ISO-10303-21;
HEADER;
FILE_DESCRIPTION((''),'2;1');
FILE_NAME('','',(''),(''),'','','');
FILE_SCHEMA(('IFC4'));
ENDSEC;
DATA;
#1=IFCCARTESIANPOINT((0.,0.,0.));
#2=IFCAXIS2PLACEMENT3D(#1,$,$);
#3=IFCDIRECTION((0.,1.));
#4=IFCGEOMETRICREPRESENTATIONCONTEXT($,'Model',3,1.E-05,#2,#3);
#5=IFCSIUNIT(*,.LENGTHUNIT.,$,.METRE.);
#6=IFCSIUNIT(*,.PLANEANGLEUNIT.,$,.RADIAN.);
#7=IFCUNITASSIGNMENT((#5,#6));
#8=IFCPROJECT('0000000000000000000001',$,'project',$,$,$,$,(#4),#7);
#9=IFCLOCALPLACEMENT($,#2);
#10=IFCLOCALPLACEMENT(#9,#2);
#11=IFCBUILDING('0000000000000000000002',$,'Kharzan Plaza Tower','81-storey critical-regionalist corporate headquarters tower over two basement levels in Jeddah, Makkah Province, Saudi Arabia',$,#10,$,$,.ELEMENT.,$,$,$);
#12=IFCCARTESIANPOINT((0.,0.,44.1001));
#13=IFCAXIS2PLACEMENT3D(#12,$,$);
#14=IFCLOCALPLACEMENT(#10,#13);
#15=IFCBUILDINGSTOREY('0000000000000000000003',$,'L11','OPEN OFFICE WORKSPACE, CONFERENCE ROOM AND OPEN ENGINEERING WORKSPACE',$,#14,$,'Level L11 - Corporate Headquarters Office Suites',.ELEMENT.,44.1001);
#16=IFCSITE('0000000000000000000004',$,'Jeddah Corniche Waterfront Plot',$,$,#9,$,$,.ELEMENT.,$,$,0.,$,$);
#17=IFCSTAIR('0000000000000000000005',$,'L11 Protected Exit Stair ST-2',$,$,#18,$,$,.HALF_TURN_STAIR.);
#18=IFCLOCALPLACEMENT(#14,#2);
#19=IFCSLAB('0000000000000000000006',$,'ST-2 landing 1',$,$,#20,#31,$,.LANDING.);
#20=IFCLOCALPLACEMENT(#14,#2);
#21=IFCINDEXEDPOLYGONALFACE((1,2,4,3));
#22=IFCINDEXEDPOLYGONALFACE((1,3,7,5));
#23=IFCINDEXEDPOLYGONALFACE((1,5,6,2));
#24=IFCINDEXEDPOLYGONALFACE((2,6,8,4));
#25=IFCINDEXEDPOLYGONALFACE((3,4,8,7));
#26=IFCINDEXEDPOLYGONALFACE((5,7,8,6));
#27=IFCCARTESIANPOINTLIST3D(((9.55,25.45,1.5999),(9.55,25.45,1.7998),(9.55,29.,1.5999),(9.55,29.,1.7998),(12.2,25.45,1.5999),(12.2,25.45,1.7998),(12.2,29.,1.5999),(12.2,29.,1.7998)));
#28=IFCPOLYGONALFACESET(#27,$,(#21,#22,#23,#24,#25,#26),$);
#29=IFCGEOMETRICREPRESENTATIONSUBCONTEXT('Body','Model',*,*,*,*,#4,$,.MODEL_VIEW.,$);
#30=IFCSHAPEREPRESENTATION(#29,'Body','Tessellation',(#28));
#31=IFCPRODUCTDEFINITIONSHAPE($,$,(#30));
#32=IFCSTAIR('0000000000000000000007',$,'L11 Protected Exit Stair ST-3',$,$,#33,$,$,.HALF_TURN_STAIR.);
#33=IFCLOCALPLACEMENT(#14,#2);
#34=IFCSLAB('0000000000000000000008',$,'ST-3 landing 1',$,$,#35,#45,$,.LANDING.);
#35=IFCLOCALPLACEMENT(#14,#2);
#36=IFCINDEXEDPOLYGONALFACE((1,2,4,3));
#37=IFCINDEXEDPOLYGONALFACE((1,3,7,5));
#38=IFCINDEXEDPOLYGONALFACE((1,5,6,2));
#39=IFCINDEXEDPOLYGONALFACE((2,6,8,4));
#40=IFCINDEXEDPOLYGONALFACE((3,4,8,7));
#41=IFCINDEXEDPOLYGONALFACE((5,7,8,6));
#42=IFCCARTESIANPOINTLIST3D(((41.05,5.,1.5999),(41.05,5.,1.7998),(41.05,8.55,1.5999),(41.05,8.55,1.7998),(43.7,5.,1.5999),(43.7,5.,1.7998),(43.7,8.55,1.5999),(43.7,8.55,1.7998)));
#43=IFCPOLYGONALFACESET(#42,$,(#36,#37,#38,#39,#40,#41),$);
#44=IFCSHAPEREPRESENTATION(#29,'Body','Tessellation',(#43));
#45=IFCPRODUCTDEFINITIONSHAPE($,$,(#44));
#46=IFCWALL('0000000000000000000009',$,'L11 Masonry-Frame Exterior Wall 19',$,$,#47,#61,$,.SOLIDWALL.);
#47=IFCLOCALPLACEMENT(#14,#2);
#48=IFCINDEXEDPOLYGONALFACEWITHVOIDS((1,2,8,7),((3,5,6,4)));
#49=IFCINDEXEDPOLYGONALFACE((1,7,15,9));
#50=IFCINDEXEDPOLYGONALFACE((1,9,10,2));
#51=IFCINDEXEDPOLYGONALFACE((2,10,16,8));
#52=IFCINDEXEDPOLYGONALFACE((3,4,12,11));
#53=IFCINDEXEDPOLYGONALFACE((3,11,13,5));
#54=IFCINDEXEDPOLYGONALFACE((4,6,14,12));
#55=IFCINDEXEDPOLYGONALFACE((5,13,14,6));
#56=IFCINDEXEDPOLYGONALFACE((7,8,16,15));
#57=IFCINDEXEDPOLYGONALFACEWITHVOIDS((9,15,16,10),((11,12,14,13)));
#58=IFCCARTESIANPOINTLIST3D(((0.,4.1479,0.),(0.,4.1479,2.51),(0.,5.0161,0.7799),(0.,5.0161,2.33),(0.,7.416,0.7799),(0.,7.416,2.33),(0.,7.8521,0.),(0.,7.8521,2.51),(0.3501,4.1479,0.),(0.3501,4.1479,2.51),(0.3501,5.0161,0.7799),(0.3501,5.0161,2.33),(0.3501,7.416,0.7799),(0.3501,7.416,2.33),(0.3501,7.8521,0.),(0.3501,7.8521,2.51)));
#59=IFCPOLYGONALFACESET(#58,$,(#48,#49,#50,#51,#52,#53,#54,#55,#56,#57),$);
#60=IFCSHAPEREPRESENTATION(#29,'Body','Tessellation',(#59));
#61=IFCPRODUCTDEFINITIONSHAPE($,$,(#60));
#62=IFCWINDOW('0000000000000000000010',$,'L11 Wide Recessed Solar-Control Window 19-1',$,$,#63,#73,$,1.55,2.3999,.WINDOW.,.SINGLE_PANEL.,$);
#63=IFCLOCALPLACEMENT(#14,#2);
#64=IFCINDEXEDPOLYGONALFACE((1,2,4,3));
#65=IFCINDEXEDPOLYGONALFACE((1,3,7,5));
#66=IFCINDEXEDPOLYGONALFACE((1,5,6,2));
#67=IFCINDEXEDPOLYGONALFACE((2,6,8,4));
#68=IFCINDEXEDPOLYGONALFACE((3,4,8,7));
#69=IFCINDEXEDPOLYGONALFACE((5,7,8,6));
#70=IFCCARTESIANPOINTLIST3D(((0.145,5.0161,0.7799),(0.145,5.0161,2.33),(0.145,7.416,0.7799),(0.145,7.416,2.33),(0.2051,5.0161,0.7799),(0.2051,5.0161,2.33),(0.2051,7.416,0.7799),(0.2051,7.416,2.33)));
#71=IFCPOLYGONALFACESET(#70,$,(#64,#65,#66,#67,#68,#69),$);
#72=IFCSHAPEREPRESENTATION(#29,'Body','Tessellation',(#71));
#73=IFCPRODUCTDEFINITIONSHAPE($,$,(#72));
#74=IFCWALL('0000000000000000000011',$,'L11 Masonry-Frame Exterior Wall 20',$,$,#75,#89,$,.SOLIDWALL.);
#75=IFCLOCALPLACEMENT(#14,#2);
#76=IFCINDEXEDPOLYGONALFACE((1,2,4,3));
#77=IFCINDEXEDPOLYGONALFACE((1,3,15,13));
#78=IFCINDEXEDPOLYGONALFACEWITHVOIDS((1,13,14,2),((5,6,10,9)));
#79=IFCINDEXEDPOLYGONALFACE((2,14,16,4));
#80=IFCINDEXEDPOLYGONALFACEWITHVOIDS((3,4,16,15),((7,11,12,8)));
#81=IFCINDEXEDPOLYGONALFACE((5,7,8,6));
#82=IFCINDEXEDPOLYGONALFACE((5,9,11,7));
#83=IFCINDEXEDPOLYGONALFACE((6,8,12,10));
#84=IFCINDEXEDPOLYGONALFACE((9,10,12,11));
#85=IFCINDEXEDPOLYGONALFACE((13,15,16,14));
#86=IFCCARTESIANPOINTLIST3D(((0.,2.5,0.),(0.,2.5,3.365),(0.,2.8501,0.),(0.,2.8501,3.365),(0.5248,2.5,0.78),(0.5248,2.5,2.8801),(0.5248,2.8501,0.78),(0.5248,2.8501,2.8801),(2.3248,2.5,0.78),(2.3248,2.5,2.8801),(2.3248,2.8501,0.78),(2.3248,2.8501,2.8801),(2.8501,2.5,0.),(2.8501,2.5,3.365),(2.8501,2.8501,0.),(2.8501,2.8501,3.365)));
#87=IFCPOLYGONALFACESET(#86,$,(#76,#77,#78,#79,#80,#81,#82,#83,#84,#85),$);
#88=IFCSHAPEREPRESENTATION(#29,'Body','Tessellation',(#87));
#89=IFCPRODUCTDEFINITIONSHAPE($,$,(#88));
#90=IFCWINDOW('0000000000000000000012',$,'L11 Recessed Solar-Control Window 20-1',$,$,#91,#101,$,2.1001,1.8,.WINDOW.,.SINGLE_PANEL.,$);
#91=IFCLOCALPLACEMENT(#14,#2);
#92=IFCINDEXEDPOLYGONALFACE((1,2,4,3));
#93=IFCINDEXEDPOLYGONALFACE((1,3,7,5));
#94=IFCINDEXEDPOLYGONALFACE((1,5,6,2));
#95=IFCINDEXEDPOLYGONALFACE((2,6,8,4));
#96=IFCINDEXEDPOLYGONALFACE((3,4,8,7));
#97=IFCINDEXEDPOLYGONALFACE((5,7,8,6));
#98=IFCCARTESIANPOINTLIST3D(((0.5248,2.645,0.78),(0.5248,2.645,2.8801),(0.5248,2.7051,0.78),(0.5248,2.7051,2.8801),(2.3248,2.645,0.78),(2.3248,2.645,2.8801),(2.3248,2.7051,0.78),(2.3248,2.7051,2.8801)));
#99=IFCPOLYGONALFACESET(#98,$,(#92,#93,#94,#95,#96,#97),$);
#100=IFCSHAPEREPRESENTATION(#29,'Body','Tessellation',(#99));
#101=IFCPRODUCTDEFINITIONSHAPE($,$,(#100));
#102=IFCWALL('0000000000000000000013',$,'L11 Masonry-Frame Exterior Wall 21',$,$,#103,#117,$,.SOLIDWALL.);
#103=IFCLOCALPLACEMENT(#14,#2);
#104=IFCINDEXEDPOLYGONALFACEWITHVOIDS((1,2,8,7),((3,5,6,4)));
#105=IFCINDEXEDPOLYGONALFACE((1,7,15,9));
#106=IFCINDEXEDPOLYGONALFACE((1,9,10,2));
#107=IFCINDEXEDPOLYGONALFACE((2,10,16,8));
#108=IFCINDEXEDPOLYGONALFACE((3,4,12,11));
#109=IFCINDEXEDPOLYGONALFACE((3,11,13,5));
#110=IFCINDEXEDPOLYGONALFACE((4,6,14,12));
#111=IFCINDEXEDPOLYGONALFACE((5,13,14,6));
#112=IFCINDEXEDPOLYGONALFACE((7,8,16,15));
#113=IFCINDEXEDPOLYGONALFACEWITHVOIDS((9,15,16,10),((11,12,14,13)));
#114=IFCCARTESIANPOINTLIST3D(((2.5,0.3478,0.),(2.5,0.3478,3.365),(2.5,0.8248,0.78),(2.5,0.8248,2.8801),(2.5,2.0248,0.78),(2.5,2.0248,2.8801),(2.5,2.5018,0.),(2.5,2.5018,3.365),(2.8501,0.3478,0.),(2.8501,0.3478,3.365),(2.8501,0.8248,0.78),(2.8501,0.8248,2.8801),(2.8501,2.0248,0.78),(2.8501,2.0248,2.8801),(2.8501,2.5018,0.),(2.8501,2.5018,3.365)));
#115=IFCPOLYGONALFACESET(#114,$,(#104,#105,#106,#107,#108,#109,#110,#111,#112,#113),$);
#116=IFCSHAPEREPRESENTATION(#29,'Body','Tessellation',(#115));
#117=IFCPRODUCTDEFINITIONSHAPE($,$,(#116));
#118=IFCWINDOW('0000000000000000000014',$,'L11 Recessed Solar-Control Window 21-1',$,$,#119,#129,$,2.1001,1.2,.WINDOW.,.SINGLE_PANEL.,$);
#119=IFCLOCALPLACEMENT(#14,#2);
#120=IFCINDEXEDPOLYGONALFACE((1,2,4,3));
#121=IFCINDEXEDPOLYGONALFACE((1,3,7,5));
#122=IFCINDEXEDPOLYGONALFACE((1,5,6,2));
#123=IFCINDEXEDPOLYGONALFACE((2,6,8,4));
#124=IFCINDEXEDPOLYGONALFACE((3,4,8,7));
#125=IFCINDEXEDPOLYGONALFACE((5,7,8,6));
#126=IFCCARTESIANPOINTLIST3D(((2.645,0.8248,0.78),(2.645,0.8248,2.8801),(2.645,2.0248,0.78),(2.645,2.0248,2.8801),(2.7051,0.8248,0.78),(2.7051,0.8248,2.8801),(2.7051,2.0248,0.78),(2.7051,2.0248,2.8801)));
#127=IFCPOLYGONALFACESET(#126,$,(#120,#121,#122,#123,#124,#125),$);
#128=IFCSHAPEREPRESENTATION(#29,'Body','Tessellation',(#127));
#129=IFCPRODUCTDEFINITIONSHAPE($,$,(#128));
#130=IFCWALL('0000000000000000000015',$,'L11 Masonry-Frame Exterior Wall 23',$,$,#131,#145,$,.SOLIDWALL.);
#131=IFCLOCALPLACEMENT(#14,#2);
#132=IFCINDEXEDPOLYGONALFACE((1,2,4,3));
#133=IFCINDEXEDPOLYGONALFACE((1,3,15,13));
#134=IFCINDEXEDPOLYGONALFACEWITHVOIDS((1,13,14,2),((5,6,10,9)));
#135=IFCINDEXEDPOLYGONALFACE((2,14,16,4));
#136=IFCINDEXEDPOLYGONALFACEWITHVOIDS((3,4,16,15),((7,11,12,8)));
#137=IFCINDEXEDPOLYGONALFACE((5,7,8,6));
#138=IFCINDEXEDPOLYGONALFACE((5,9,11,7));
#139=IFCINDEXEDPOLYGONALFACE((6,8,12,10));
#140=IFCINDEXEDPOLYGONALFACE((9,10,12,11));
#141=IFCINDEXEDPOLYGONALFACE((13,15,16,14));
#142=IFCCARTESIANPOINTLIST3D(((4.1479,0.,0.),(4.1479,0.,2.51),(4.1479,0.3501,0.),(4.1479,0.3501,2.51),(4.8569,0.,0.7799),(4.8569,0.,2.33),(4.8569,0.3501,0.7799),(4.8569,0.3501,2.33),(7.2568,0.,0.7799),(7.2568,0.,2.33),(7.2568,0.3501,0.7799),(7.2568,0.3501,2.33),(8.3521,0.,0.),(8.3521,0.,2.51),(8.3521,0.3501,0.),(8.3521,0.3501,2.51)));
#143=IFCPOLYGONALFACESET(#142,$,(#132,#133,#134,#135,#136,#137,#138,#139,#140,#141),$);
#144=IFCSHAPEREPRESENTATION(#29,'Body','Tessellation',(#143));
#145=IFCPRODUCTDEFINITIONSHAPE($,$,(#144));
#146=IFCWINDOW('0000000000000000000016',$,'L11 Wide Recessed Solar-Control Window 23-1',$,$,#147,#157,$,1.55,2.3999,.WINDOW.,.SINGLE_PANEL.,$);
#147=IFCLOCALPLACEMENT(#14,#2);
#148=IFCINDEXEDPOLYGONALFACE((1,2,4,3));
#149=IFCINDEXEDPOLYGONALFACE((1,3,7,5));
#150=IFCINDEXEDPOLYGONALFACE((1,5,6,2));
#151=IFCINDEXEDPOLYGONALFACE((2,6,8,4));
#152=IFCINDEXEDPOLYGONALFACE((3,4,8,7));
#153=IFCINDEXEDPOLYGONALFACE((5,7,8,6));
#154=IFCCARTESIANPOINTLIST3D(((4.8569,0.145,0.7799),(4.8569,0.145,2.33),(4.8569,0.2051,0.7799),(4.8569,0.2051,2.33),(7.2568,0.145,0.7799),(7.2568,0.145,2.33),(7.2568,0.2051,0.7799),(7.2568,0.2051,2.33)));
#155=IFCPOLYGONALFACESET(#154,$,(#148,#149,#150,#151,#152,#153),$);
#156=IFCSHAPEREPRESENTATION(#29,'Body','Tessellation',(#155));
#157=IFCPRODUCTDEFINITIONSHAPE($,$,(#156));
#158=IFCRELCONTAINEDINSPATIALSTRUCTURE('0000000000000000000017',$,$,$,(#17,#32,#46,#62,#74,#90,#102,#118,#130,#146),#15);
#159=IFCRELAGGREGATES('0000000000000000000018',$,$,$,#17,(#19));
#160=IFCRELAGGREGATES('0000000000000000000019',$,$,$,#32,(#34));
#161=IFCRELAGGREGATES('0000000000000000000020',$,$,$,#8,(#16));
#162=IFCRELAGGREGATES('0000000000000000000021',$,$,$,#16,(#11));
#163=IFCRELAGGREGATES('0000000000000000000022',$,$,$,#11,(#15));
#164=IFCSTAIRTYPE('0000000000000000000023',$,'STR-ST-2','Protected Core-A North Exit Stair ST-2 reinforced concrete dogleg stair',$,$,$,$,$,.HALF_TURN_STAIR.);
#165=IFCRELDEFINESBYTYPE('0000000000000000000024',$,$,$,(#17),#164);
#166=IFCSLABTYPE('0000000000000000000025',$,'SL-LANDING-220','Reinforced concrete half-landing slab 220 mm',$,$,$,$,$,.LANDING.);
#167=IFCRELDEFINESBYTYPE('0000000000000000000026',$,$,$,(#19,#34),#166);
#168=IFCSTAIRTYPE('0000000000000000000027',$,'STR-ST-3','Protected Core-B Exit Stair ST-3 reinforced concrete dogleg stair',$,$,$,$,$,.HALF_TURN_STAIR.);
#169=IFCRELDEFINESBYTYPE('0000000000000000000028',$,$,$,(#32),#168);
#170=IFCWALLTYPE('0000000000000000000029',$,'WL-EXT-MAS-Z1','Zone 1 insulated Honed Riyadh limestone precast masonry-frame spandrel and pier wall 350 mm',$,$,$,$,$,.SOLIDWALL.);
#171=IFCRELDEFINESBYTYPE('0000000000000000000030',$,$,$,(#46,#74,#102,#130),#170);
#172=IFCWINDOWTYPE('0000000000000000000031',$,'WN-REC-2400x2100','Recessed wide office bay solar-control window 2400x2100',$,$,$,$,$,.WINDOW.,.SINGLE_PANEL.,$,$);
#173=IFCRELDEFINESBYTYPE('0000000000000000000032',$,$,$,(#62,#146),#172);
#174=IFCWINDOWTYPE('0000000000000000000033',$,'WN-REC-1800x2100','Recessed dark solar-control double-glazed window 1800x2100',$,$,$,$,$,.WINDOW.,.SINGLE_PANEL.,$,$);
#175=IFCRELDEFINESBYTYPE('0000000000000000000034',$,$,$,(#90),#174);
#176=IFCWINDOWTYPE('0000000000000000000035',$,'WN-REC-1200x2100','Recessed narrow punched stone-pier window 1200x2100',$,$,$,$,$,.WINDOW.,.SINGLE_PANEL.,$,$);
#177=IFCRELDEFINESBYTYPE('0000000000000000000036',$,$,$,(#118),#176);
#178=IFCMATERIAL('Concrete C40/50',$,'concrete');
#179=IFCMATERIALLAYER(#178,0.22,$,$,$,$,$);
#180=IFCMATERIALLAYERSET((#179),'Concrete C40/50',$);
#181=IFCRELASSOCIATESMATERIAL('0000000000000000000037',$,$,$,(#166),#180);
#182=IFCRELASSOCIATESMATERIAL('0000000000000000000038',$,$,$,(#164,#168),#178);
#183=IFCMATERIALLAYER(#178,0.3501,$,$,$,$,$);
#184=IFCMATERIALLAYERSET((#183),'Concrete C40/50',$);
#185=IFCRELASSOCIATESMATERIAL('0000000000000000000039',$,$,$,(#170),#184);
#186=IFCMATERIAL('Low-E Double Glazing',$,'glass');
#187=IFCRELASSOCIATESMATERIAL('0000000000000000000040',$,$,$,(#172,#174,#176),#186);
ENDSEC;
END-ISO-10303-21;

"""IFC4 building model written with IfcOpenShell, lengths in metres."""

from ifc_helpers import new_model, si_unit, direction, frame, frame_2d, origin, place, context, subcontext, project, spatial, polyline, rectangle, outline, extrude, source, transform, mapped, material, layer, layer_set, type_object, element, fill, aggregate, save


model = new_model("IFC4")

# Units and contexts
model_context = context("Model", 3, precision=1e-05, world=origin(), true_north=direction((0.0, 1.0)))
body_context = subcontext(model_context, "Body", "Model", "MODEL_VIEW")
ifc_project = project(units=[si_unit("LENGTHUNIT", "METRE"), si_unit("PLANEANGLEUNIT", "RADIAN")], contexts=[model_context])

# Site, building, storey
site_placement = place(None, origin())
site = spatial("IfcSite", under=ifc_project, at=site_placement, Name="Jeddah Corniche Waterfront Plot", CompositionType="ELEMENT", RefElevation=0.0)
building_placement = place(site_placement, origin())
building = spatial("IfcBuilding", under=site, at=building_placement, Name="Kharzan Plaza Tower", Description="81-storey critical-regionalist corporate headquarters tower over two basement levels in Jeddah, Makkah Province, Saudi Arabia", CompositionType="ELEMENT")
storey_placement = place(building_placement, frame((0.0, 0.0, 44.1001)))
storey = spatial("IfcBuildingStorey", under=building, at=storey_placement, Name="L11", Description="OPEN OFFICE WORKSPACE, CONFERENCE ROOM AND OPEN ENGINEERING WORKSPACE", LongName="Level L11 - Corporate Headquarters Office Suites", CompositionType="ELEMENT", Elevation=44.1001)

# Shared definitions
ifc_material_1 = material(Name="Concrete C40/50", Category="concrete")

# Stairs, slabs
ifc_layer_1 = layer(ifc_material_1, 0.22)
ifc_layer_set_1 = layer_set([ifc_layer_1], Name="Concrete C40/50")
slab_type_1 = type_object("IfcSlabType", Name="SL-LANDING-220", Description="Reinforced concrete half-landing slab 220 mm", PredefinedType="LANDING", material=ifc_layer_set_1)
stair_type_1 = type_object("IfcStairType", Name="STR-ST-2", Description="Protected Core-A North Exit Stair ST-2 reinforced concrete dogleg stair", PredefinedType="HALF_TURN_STAIR", material=ifc_material_1)
stair_1_placement = place(storey_placement, origin())
stair_1 = element("IfcStair", 1, at=stair_1_placement, inside=storey, type_object=stair_type_1, Name="L11 Protected Exit Stair ST-2", PredefinedType="HALF_TURN_STAIR")
slab_1_placement = place(storey_placement, frame((0.0, 0.0, 1.5999)))
slab_1 = element("IfcSlab", 2, at=slab_1_placement, type_object=slab_type_1, Name="ST-2 landing 1", PredefinedType="LANDING", context=body_context, shape_type="SweptSolid", body=[
    extrude(outline(polyline([(9.55, 25.45), (12.2, 25.45), (12.2, 29.0), (9.55, 29.0), (9.55, 25.45)])), origin(), (0.0, 0.0, 1.0), 0.2),
])
aggregate(stair_1, [slab_1])
stair_type_2 = type_object("IfcStairType", Name="STR-ST-3", Description="Protected Core-B Exit Stair ST-3 reinforced concrete dogleg stair", PredefinedType="HALF_TURN_STAIR", material=ifc_material_1)
stair_2_placement = place(storey_placement, origin())
stair_2 = element("IfcStair", 3, at=stair_2_placement, inside=storey, type_object=stair_type_2, Name="L11 Protected Exit Stair ST-3", PredefinedType="HALF_TURN_STAIR")
slab_2_placement = place(storey_placement, frame((0.0, 0.0, 1.5999)))
slab_2 = element("IfcSlab", 4, at=slab_2_placement, type_object=slab_type_1, Name="ST-3 landing 1", PredefinedType="LANDING", context=body_context, shape_type="SweptSolid", body=[
    extrude(outline(polyline([(41.05, 5.0), (43.7, 5.0), (43.7, 8.55), (41.05, 8.55), (41.05, 5.0)])), origin(), (0.0, 0.0, 1.0), 0.2),
])
aggregate(stair_2, [slab_2])

# Walls, openings, windows
ifc_layer_2 = layer(ifc_material_1, 0.3501)
ifc_layer_set_2 = layer_set([ifc_layer_2], Name="Concrete C40/50")
wall_type_1 = type_object("IfcWallType", Name="WL-EXT-MAS-Z1", Description="Zone 1 insulated Honed Riyadh limestone precast masonry-frame spandrel and pier wall 350 mm", PredefinedType="SOLIDWALL", material=ifc_layer_set_2)
wall_1_placement = place(storey_placement, frame((0.175, 7.8521, 0.0), z_axis=(0.0, 0.0, 1.0), x_axis=(0.0, -1.0, 0.0)))
wall_1 = element("IfcWall", 5, at=wall_1_placement, inside=storey, type_object=wall_type_1, Name="L11 Masonry-Frame Exterior Wall 19", PredefinedType="SOLIDWALL", context=body_context, shape_type="SweptSolid", body=[
    extrude(rectangle(XDim=3.7041, YDim=0.3501, at=frame_2d((1.8521, 0.0))), origin(), (0.0, 0.0, 1.0), 2.51),
])
opening_1_placement = place(wall_1_placement, frame((0.436, 0.0, 0.78)))
opening_1 = element("IfcOpeningElement", 6, at=opening_1_placement, cuts=wall_1, PredefinedType="OPENING", context=body_context, shape_type="SweptSolid", body=[
    extrude(rectangle(XDim=2.3999, YDim=1.55, at=frame_2d((1.2, 0.7749))), frame((0.0, 0.1851, 0.0), z_axis=(0.0, -1.0, 0.0), x_axis=(1.0, 0.0, 0.0)), (0.0, 0.0, 1.0), 0.3701),
])
ifc_material_2 = material(Name="Low-E Double Glazing", Category="glass")
window_type_1 = type_object("IfcWindowType", Name="WN-REC-2400x2100", Description="Recessed wide office bay solar-control window 2400x2100", PartitioningType="SINGLE_PANEL", PredefinedType="WINDOW", material=ifc_material_2)
shared_shape_1 = source(origin(), body_context, "Body", "SweptSolid", [
    extrude(rectangle(XDim=2.3999, YDim=1.55, at=frame_2d((1.2, 0.7749))), frame((0.0, 0.03, 0.0), z_axis=(0.0, -1.0, 0.0), x_axis=(1.0, 0.0, 0.0)), (0.0, 0.0, 1.0), 0.0601),
])
window_1_placement = place(opening_1_placement, origin())
window_1 = element("IfcWindow", 7, at=window_1_placement, inside=storey, type_object=window_type_1, Name="L11 Wide Recessed Solar-Control Window 19-1", OverallHeight=1.55, OverallWidth=2.3999, PartitioningType="SINGLE_PANEL", PredefinedType="WINDOW", context=body_context, shape_type="MappedRepresentation", body=[
    mapped(shared_shape_1, transform((0.0, 0.0, 0.0), x_axis=(1.0, 0.0, 0.0), y_axis=(0.0, 1.0, 0.0), z_axis=(0.0, 0.0, 1.0))),
])
fill(opening_1, window_1)
wall_2_placement = place(storey_placement, frame((0.0, 2.675, 0.0), z_axis=(0.0, 0.0, 1.0), x_axis=(1.0, 0.0, 0.0)))
wall_2 = element("IfcWall", 8, at=wall_2_placement, inside=storey, type_object=wall_type_1, Name="L11 Masonry-Frame Exterior Wall 20", PredefinedType="SOLIDWALL", context=body_context, shape_type="SweptSolid", body=[
    extrude(rectangle(XDim=2.8501, YDim=0.3501, at=frame_2d((1.425, 0.0))), origin(), (0.0, 0.0, 1.0), 3.365),
])
opening_2_placement = place(wall_2_placement, frame((0.5249, 0.0, 0.78)))
opening_2 = element("IfcOpeningElement", 9, at=opening_2_placement, cuts=wall_2, PredefinedType="OPENING", context=body_context, shape_type="SweptSolid", body=[
    extrude(rectangle(XDim=1.8, YDim=2.1001, at=frame_2d((0.8999, 1.05))), frame((0.0, 0.1851, 0.0), z_axis=(0.0, -1.0, 0.0), x_axis=(1.0, 0.0, 0.0)), (0.0, 0.0, 1.0), 0.3701),
])
window_type_2 = type_object("IfcWindowType", Name="WN-REC-1800x2100", Description="Recessed dark solar-control double-glazed window 1800x2100", PartitioningType="SINGLE_PANEL", PredefinedType="WINDOW", material=ifc_material_2)
shared_shape_2 = source(origin(), body_context, "Body", "SweptSolid", [
    extrude(rectangle(XDim=1.8, YDim=2.1001, at=frame_2d((0.8999, 1.05))), frame((0.0, 0.03, 0.0), z_axis=(0.0, -1.0, 0.0), x_axis=(1.0, 0.0, 0.0)), (0.0, 0.0, 1.0), 0.0601),
])
window_2_placement = place(opening_2_placement, origin())
window_2 = element("IfcWindow", 10, at=window_2_placement, inside=storey, type_object=window_type_2, Name="L11 Recessed Solar-Control Window 20-1", OverallHeight=2.1001, OverallWidth=1.8, PartitioningType="SINGLE_PANEL", PredefinedType="WINDOW", context=body_context, shape_type="MappedRepresentation", body=[
    mapped(shared_shape_2, transform((0.0, 0.0, 0.0), x_axis=(1.0, 0.0, 0.0), y_axis=(0.0, 1.0, 0.0), z_axis=(0.0, 0.0, 1.0))),
])
fill(opening_2, window_2)
wall_3_placement = place(storey_placement, frame((2.675, 2.502, 0.0), z_axis=(0.0, 0.0, 1.0), x_axis=(0.0, -1.0, 0.0)))
wall_3 = element("IfcWall", 11, at=wall_3_placement, inside=storey, type_object=wall_type_1, Name="L11 Masonry-Frame Exterior Wall 21", PredefinedType="SOLIDWALL", context=body_context, shape_type="SweptSolid", body=[
    extrude(rectangle(XDim=2.1541, YDim=0.3501, at=frame_2d((1.0771, 0.0))), origin(), (0.0, 0.0, 1.0), 3.365),
])
opening_3_placement = place(wall_3_placement, frame((0.4771, 0.0, 0.78)))
opening_3 = element("IfcOpeningElement", 12, at=opening_3_placement, cuts=wall_3, PredefinedType="OPENING", context=body_context, shape_type="SweptSolid", body=[
    extrude(rectangle(XDim=1.2, YDim=2.1001, at=frame_2d((0.6001, 1.05))), frame((0.0, 0.1851, 0.0), z_axis=(0.0, -1.0, 0.0), x_axis=(1.0, 0.0, 0.0)), (0.0, 0.0, 1.0), 0.3701),
])
window_type_3 = type_object("IfcWindowType", Name="WN-REC-1200x2100", Description="Recessed narrow punched stone-pier window 1200x2100", PartitioningType="SINGLE_PANEL", PredefinedType="WINDOW", material=ifc_material_2)
shared_shape_3 = source(origin(), body_context, "Body", "SweptSolid", [
    extrude(rectangle(XDim=1.2, YDim=2.1001, at=frame_2d((0.6001, 1.05))), frame((0.0, 0.03, 0.0), z_axis=(0.0, -1.0, 0.0), x_axis=(1.0, 0.0, 0.0)), (0.0, 0.0, 1.0), 0.0601),
])
window_3_placement = place(opening_3_placement, origin())
window_3 = element("IfcWindow", 13, at=window_3_placement, inside=storey, type_object=window_type_3, Name="L11 Recessed Solar-Control Window 21-1", OverallHeight=2.1001, OverallWidth=1.2, PartitioningType="SINGLE_PANEL", PredefinedType="WINDOW", context=body_context, shape_type="MappedRepresentation", body=[
    mapped(shared_shape_3, transform((0.0, 0.0, 0.0), x_axis=(1.0, 0.0, 0.0), y_axis=(0.0, 1.0, 0.0), z_axis=(0.0, 0.0, 1.0))),
])
fill(opening_3, window_3)
wall_4_placement = place(storey_placement, frame((4.1479, 0.175, 0.0), z_axis=(0.0, 0.0, 1.0), x_axis=(1.0, 0.0, 0.0)))
wall_4 = element("IfcWall", 14, at=wall_4_placement, inside=storey, type_object=wall_type_1, Name="L11 Masonry-Frame Exterior Wall 23", PredefinedType="SOLIDWALL", context=body_context, shape_type="SweptSolid", body=[
    extrude(rectangle(XDim=4.2041, YDim=0.3501, at=frame_2d((2.1021, 0.0))), origin(), (0.0, 0.0, 1.0), 2.51),
])
opening_4_placement = place(wall_4_placement, frame((0.709, 0.0, 0.78)))
opening_4 = element("IfcOpeningElement", 15, at=opening_4_placement, cuts=wall_4, PredefinedType="OPENING", context=body_context, shape_type="SweptSolid", body=[
    extrude(rectangle(XDim=2.3999, YDim=1.55, at=frame_2d((1.2, 0.7749))), frame((0.0, 0.1851, 0.0), z_axis=(0.0, -1.0, 0.0), x_axis=(1.0, 0.0, 0.0)), (0.0, 0.0, 1.0), 0.3701),
])
window_4_placement = place(opening_4_placement, origin())
window_4 = element("IfcWindow", 16, at=window_4_placement, inside=storey, type_object=window_type_1, Name="L11 Wide Recessed Solar-Control Window 23-1", OverallHeight=1.55, OverallWidth=2.3999, PartitioningType="SINGLE_PANEL", PredefinedType="WINDOW", context=body_context, shape_type="MappedRepresentation", body=[
    mapped(shared_shape_1, transform((0.0, 0.0, 0.0), x_axis=(1.0, 0.0, 0.0), y_axis=(0.0, 1.0, 0.0), z_axis=(0.0, 0.0, 1.0))),
])
fill(opening_4, window_4)

save(model, "model.ifc")
